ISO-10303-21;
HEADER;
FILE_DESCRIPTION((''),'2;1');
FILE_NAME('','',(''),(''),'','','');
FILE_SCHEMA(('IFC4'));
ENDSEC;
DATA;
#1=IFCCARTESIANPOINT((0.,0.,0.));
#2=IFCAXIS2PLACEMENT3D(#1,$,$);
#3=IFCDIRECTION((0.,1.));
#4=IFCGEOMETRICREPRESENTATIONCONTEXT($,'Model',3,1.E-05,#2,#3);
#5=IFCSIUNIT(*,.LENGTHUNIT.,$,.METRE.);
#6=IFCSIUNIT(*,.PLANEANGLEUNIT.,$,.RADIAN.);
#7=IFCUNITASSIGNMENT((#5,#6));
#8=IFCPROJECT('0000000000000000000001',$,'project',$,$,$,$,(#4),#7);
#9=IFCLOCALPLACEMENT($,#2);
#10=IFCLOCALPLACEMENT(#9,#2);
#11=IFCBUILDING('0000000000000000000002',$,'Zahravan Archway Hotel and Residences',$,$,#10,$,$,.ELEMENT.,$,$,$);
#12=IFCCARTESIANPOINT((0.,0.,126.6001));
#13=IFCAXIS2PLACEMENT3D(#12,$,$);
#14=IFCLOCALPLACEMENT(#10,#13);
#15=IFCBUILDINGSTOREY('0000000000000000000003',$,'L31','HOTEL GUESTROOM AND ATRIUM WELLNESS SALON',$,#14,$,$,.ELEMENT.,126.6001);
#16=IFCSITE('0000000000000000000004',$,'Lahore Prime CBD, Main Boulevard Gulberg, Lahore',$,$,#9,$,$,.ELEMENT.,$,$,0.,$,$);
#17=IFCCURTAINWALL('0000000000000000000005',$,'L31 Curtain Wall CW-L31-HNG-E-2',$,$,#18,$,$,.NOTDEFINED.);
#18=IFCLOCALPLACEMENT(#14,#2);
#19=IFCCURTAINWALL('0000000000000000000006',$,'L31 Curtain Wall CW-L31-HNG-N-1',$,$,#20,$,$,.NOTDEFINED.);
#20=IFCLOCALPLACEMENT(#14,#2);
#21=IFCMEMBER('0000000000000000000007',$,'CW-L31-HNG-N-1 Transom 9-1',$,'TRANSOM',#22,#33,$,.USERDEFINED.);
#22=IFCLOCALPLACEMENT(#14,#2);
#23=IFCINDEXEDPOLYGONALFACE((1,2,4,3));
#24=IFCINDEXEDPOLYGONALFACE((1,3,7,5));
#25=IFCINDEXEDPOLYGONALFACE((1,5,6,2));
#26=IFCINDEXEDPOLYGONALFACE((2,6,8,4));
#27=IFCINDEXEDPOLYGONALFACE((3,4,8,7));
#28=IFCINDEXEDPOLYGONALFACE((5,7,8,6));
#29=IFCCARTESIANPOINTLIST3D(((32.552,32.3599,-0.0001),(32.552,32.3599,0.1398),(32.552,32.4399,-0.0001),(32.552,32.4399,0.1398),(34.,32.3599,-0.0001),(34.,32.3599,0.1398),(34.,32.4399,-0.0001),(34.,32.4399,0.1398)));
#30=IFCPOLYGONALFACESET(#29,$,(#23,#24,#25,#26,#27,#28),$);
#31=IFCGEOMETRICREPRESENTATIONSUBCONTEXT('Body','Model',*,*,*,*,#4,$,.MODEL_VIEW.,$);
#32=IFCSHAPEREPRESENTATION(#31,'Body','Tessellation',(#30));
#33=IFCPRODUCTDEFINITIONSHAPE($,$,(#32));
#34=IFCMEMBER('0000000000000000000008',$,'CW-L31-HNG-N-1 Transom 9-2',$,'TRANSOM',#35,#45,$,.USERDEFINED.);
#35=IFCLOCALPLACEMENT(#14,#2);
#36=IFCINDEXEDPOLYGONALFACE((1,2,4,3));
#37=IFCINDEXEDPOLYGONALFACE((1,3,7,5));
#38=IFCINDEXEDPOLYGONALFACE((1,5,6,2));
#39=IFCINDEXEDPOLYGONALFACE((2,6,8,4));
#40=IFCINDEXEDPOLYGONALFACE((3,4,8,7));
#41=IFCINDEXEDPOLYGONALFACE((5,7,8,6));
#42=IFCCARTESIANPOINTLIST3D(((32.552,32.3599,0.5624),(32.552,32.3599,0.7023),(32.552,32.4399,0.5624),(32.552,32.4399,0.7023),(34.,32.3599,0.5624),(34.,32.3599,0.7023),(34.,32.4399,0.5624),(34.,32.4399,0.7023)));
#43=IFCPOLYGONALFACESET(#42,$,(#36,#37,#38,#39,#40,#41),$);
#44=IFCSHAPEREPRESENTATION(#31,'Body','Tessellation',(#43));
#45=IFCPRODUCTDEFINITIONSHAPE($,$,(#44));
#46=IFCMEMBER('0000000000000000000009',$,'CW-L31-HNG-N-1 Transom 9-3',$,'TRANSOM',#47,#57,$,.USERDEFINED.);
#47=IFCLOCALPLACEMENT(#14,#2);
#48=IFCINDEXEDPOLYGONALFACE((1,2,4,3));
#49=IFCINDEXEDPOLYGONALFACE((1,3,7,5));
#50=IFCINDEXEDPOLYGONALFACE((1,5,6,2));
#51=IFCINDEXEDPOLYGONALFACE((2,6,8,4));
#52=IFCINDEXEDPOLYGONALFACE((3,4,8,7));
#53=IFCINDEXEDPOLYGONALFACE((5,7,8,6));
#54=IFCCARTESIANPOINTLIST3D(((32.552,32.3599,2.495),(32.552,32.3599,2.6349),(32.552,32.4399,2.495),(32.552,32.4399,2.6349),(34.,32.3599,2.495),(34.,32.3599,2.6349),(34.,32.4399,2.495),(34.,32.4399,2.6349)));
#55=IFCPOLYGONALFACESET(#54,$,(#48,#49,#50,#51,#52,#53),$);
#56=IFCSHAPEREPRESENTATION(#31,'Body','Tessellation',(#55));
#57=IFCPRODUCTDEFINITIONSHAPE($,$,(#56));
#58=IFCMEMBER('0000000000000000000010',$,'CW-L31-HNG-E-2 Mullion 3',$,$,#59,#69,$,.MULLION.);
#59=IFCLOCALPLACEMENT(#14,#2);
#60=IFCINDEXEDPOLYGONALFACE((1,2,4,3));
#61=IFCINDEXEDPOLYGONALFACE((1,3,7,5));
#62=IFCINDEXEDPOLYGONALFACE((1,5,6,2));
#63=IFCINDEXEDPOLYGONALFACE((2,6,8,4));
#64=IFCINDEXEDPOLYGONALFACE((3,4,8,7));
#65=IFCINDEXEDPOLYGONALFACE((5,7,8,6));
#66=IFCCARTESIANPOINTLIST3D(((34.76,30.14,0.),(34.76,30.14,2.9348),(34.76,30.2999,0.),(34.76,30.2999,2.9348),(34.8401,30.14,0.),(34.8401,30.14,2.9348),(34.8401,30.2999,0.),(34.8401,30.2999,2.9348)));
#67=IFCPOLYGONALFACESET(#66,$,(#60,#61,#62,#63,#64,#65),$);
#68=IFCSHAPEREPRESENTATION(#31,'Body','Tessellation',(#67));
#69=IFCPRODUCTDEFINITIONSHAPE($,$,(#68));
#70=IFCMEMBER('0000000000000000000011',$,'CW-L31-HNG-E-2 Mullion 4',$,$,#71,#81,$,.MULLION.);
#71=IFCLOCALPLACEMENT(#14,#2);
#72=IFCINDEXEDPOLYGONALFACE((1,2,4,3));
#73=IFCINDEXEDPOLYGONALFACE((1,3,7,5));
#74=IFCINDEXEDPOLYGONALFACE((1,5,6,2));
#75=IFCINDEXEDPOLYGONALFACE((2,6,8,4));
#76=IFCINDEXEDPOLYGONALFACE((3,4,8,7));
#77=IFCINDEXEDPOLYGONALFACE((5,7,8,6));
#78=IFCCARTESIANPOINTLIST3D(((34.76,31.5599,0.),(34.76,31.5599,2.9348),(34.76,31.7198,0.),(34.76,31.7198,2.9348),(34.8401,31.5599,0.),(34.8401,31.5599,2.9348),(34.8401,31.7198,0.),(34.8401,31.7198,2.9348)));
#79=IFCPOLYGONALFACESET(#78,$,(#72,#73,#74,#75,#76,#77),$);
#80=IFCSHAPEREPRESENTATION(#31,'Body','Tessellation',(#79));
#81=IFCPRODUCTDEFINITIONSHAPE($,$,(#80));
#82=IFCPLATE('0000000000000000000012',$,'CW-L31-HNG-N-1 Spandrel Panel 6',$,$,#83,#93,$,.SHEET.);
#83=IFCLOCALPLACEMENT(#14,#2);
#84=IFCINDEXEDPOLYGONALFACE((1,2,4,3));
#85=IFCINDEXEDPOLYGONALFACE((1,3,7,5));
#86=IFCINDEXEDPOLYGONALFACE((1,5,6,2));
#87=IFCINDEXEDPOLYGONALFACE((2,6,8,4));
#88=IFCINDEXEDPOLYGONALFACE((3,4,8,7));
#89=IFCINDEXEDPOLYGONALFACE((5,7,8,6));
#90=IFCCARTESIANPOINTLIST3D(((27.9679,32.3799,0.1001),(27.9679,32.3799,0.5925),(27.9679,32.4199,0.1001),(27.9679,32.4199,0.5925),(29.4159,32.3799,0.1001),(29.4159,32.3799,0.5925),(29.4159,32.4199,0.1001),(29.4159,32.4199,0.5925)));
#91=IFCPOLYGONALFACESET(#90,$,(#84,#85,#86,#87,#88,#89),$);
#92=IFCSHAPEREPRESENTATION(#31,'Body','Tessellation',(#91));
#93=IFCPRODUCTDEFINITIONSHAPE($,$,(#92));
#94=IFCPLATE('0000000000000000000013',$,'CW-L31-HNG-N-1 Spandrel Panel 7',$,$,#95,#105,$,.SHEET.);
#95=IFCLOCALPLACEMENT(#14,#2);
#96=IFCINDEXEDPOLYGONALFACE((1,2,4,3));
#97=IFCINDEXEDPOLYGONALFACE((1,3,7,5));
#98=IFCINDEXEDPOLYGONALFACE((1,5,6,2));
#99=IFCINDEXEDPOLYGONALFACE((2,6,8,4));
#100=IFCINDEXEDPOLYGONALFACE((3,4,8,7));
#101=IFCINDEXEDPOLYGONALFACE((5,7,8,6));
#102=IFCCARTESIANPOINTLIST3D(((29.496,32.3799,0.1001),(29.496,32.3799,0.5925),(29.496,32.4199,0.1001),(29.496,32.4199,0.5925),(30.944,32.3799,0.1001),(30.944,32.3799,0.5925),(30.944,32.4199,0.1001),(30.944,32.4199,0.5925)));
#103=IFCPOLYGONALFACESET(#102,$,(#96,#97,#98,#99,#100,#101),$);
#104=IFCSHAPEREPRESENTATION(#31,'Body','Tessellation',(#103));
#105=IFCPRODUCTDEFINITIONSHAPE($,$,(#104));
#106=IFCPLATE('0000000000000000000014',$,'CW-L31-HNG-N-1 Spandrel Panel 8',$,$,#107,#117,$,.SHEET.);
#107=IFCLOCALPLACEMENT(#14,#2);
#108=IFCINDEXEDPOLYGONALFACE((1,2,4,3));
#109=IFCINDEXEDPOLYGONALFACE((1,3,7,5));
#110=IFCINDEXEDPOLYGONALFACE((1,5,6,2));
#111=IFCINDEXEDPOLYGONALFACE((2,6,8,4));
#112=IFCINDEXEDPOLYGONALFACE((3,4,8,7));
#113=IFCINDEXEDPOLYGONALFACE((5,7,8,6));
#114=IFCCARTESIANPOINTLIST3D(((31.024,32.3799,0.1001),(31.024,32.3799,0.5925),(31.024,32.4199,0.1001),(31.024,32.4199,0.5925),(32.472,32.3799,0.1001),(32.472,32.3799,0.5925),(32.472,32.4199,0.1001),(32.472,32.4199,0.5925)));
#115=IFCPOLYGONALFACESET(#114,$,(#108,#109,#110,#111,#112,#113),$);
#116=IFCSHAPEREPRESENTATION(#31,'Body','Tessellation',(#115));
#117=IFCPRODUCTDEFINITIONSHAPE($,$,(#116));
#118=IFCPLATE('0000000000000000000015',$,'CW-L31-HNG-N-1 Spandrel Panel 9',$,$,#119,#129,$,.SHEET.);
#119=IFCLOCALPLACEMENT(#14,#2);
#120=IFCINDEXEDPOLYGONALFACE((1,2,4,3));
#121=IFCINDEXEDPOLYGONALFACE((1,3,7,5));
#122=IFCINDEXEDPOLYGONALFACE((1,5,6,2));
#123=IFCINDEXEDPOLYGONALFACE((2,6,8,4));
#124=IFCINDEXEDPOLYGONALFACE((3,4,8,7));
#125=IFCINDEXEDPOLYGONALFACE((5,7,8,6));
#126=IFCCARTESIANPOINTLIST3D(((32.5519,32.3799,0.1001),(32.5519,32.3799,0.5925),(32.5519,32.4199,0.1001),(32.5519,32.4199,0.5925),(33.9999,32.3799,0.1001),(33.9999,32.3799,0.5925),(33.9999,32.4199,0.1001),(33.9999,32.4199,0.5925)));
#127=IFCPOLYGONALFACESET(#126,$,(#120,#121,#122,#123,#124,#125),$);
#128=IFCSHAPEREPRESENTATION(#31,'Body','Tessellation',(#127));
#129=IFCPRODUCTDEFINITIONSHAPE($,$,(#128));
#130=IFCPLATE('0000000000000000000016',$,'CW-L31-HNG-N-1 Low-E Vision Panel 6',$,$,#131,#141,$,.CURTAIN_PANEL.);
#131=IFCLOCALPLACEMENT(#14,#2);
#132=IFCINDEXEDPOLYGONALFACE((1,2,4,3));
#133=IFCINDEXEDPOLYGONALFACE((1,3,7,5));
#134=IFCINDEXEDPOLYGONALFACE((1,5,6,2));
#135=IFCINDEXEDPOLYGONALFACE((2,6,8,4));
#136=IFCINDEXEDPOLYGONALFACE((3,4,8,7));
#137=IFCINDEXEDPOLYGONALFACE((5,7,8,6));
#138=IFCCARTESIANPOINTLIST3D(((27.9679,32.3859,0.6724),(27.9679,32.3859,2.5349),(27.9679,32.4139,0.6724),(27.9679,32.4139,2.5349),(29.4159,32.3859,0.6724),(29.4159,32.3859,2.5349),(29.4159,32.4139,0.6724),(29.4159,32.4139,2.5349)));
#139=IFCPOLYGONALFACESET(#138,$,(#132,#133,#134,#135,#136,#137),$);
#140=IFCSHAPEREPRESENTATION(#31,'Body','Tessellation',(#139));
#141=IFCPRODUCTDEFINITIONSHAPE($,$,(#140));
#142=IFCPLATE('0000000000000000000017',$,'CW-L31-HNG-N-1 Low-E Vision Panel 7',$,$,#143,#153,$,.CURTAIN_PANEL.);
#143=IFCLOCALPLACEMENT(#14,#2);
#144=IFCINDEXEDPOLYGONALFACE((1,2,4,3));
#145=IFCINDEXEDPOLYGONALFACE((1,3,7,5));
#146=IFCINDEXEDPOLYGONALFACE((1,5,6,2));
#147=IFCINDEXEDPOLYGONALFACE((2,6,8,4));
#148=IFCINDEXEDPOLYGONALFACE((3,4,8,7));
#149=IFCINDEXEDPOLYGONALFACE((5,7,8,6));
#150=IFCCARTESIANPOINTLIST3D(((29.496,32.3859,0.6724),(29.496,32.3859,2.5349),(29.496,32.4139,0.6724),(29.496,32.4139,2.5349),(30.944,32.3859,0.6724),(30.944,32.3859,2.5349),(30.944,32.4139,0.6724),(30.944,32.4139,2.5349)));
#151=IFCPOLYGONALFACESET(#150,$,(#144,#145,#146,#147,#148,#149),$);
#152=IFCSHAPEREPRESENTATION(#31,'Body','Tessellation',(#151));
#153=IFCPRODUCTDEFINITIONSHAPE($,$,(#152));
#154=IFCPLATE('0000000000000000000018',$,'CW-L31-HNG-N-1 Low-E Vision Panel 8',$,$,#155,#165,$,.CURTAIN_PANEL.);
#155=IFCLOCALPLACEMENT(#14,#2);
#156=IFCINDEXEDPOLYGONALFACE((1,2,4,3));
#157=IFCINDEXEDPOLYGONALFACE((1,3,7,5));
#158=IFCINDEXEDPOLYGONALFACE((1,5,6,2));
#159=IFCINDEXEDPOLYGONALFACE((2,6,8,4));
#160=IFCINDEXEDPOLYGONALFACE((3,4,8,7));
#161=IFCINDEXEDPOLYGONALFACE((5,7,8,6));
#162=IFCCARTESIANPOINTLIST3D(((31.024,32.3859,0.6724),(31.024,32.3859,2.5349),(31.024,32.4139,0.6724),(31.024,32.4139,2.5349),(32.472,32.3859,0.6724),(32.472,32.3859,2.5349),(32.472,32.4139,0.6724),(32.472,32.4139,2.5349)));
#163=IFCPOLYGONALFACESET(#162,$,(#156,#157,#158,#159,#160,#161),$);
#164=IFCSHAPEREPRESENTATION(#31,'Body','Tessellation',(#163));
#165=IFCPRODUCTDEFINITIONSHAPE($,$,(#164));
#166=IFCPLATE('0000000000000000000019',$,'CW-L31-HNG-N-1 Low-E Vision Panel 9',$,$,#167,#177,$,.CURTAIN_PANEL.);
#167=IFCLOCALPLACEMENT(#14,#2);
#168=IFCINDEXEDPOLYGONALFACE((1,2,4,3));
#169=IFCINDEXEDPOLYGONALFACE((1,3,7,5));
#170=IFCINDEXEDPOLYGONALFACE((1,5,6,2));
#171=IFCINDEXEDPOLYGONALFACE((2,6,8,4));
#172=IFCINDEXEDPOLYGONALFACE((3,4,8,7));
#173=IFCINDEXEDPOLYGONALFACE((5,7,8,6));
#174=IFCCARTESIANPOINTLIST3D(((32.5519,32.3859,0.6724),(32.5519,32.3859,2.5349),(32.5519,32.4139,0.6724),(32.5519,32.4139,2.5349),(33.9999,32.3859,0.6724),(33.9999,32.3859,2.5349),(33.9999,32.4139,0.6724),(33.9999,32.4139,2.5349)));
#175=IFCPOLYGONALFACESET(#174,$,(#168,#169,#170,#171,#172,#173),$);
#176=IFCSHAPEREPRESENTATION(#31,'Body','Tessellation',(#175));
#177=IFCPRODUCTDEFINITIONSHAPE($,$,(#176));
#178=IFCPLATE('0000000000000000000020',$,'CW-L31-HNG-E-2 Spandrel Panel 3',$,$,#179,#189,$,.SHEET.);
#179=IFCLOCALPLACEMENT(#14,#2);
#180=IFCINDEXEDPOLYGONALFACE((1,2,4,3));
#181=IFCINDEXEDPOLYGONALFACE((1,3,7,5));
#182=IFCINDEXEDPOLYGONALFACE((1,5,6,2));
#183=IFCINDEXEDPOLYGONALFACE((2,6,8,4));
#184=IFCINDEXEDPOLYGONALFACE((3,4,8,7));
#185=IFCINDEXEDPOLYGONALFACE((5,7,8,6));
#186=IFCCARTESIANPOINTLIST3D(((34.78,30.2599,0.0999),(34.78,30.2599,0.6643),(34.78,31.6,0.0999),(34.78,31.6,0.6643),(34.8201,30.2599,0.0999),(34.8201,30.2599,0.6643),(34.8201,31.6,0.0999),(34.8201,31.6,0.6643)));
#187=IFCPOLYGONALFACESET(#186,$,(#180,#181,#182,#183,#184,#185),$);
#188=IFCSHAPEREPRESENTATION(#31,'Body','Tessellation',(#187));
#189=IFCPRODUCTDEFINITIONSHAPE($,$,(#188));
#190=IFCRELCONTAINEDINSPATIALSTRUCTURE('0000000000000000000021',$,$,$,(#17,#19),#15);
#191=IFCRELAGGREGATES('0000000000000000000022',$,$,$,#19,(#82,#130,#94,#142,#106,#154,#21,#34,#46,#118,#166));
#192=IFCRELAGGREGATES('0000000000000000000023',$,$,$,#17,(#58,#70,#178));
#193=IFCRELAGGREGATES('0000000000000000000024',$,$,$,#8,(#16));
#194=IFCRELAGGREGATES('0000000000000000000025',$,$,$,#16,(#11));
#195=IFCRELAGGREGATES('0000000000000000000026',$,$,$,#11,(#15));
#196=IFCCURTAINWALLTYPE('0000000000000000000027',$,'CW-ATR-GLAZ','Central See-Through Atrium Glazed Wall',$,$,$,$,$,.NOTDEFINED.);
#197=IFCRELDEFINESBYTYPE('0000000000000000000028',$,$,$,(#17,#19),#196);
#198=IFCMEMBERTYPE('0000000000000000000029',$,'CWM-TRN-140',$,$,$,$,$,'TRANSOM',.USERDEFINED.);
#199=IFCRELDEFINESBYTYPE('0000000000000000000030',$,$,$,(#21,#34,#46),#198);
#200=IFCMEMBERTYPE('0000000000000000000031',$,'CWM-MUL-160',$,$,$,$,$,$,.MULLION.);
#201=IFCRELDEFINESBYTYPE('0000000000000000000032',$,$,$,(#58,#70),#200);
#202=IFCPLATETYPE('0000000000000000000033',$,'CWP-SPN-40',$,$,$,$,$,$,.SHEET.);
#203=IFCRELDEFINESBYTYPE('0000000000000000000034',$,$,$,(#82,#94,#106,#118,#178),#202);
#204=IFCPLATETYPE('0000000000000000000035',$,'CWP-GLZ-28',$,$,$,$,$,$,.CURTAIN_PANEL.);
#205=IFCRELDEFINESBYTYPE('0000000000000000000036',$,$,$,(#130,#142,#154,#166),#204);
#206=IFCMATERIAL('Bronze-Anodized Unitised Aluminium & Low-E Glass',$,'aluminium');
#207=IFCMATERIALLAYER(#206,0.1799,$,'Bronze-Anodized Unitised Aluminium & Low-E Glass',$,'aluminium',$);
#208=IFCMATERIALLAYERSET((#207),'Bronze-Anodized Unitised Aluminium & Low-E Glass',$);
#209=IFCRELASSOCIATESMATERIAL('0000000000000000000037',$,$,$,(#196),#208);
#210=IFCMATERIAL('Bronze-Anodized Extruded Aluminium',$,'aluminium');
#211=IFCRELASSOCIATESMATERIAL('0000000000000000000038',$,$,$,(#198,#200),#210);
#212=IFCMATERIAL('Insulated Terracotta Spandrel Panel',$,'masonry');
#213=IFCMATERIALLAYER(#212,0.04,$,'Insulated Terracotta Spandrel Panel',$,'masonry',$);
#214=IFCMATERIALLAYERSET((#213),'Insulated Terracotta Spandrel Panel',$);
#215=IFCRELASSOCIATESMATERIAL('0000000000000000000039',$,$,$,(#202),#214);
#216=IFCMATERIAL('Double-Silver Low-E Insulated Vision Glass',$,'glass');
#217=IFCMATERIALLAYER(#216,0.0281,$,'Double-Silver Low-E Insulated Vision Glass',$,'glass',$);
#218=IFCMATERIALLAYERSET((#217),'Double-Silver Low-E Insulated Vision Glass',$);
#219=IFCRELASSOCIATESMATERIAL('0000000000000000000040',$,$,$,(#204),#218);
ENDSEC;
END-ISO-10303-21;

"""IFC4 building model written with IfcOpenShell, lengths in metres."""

from ifc_helpers import new_model, si_unit, direction, frame, origin, origin_2d, place, context, subcontext, project, spatial, rectangle, extrude, source, transform, mapped, material, layer, layer_set, material_profile, profile_set, type_object, element, aggregate, save


model = new_model("IFC4")

# Units and contexts
model_context = context("Model", 3, precision=1e-05, world=origin(), true_north=direction((0.0, 1.0)))
body_context = subcontext(model_context, "Body", "Model", "MODEL_VIEW")
ifc_project = project(units=[si_unit("LENGTHUNIT", "METRE"), si_unit("PLANEANGLEUNIT", "RADIAN")], contexts=[model_context])

# Site, building, storey
site_placement = place(None, origin())
site = spatial("IfcSite", under=ifc_project, at=site_placement, Name="Lahore Prime CBD, Main Boulevard Gulberg, Lahore", CompositionType="ELEMENT", RefElevation=0.0)
building_placement = place(site_placement, origin())
building = spatial("IfcBuilding", under=site, at=building_placement, Name="Zahravan Archway Hotel and Residences", CompositionType="ELEMENT")
storey_placement = place(building_placement, frame((0.0, 0.0, 126.6001)))
storey = spatial("IfcBuildingStorey", under=building, at=storey_placement, Name="L31", Description="HOTEL GUESTROOM AND ATRIUM WELLNESS SALON", CompositionType="ELEMENT", Elevation=126.6001)

# Curtain walls, members
ifc_material_1 = material(Name="Bronze-Anodized Unitised Aluminium & Low-E Glass", Category="aluminium")
ifc_layer_1 = layer(ifc_material_1, 0.1799, Name="Bronze-Anodized Unitised Aluminium & Low-E Glass", Category="aluminium")
ifc_layer_set_1 = layer_set([ifc_layer_1], Name="Bronze-Anodized Unitised Aluminium & Low-E Glass")
curtain_wall_type = type_object("IfcCurtainWallType", Name="CW-ATR-GLAZ", Description="Central See-Through Atrium Glazed Wall", PredefinedType="NOTDEFINED", material=ifc_layer_set_1)
curtain_wall_1_placement = place(storey_placement, origin())
curtain_wall_1 = element("IfcCurtainWall", 1, at=curtain_wall_1_placement, inside=storey, type_object=curtain_wall_type, Name="L31 Curtain Wall CW-L31-HNG-E-2", PredefinedType="NOTDEFINED")
ifc_material_2 = material(Name="Bronze-Anodized Extruded Aluminium", Category="aluminium")
ifc_material_profile_1 = material_profile(ifc_material_2, rectangle(XDim=0.0801, YDim=0.1399, at=origin_2d()), Name="TRN 80x140", Category="aluminium")
ifc_profile_set_1 = profile_set([ifc_material_profile_1], Name="Bronze-Anodized Extruded Aluminium")
member_type_1 = type_object("IfcMemberType", Name="CWM-TRN-140", ElementType="TRANSOM", PredefinedType="USERDEFINED", material=ifc_profile_set_1)
curtain_wall_2_placement = place(storey_placement, origin())
curtain_wall_2 = element("IfcCurtainWall", 2, at=curtain_wall_2_placement, inside=storey, type_object=curtain_wall_type, Name="L31 Curtain Wall CW-L31-HNG-N-1", PredefinedType="NOTDEFINED")
ifc_material_profile_2 = material_profile(ifc_material_2, rectangle(XDim=0.0801, YDim=0.1599, at=origin_2d()), Name="MUL 80x160", Category="aluminium")
ifc_profile_set_2 = profile_set([ifc_material_profile_2], Name="Bronze-Anodized Extruded Aluminium")
member_type_2 = type_object("IfcMemberType", Name="CWM-MUL-160", PredefinedType="MULLION", material=ifc_profile_set_2)
shared_shape_1 = source(origin(), body_context, "Body", "SweptSolid", [
    extrude(rectangle(XDim=0.0801, YDim=0.1399, at=origin_2d()), origin(), (0.0, 0.0, 1.0), 1.448),
])
member_1_placement = place(storey_placement, frame((32.552, 32.3999, 0.0698), z_axis=(1.0, 0.0, 0.0), x_axis=(0.0, 1.0, 0.0)))
member_1 = element("IfcMember", 3, at=member_1_placement, type_object=member_type_1, Name="CW-L31-HNG-N-1 Transom 9-1", ObjectType="TRANSOM", PredefinedType="USERDEFINED", context=body_context, shape_type="MappedRepresentation", body=[
    mapped(shared_shape_1, transform((0.0, 0.0, 0.0), scale=1.0)),
])
member_2_placement = place(storey_placement, frame((32.552, 32.3999, 0.6323), z_axis=(1.0, 0.0, 0.0), x_axis=(0.0, 1.0, 0.0)))
member_2 = element("IfcMember", 4, at=member_2_placement, type_object=member_type_1, Name="CW-L31-HNG-N-1 Transom 9-2", ObjectType="TRANSOM", PredefinedType="USERDEFINED", context=body_context, shape_type="MappedRepresentation", body=[
    mapped(shared_shape_1, transform((0.0, 0.0, 0.0), scale=1.0)),
])
member_3_placement = place(storey_placement, frame((32.552, 32.3999, 2.5649), z_axis=(1.0, 0.0, 0.0), x_axis=(0.0, 1.0, 0.0)))
member_3 = element("IfcMember", 5, at=member_3_placement, type_object=member_type_1, Name="CW-L31-HNG-N-1 Transom 9-3", ObjectType="TRANSOM", PredefinedType="USERDEFINED", context=body_context, shape_type="MappedRepresentation", body=[
    mapped(shared_shape_1, transform((0.0, 0.0, 0.0), scale=1.0)),
])

# Members
shared_shape_2 = source(origin(), body_context, "Body", "SweptSolid", [
    extrude(rectangle(XDim=0.0801, YDim=0.1599, at=origin_2d()), origin(), (0.0, 0.0, 1.0), 2.9348),
])
member_4_placement = place(storey_placement, frame((34.8, 30.22, 0.0), z_axis=(0.0, 0.0, 1.0), x_axis=(1.0, 0.0, 0.0)))
member_4 = element("IfcMember", 6, at=member_4_placement, type_object=member_type_2, Name="CW-L31-HNG-E-2 Mullion 3", PredefinedType="MULLION", context=body_context, shape_type="MappedRepresentation", body=[
    mapped(shared_shape_2, transform((0.0, 0.0, 0.0), scale=1.0)),
])
member_5_placement = place(storey_placement, frame((34.8, 31.6399, 0.0), z_axis=(0.0, 0.0, 1.0), x_axis=(1.0, 0.0, 0.0)))
member_5 = element("IfcMember", 7, at=member_5_placement, type_object=member_type_2, Name="CW-L31-HNG-E-2 Mullion 4", PredefinedType="MULLION", context=body_context, shape_type="MappedRepresentation", body=[
    mapped(shared_shape_2, transform((0.0, 0.0, 0.0), scale=1.0)),
])

# Plates
ifc_material_3 = material(Name="Insulated Terracotta Spandrel Panel", Category="masonry")
ifc_layer_2 = layer(ifc_material_3, 0.04, Name="Insulated Terracotta Spandrel Panel", Category="masonry")
ifc_layer_set_2 = layer_set([ifc_layer_2], Name="Insulated Terracotta Spandrel Panel")
plate_type_1 = type_object("IfcPlateType", Name="CWP-SPN-40", PredefinedType="SHEET", material=ifc_layer_set_2)
shared_shape_3 = source(origin(), body_context, "Body", "SweptSolid", [
    extrude(rectangle(XDim=1.448, YDim=0.04, at=origin_2d()), origin(), (0.0, 0.0, 1.0), 0.4924),
])
plate_1_placement = place(storey_placement, frame((28.6919, 32.3999, 0.1001), z_axis=(0.0, 0.0, 1.0), x_axis=(1.0, 0.0, 0.0)))
plate_1 = element("IfcPlate", 8, at=plate_1_placement, type_object=plate_type_1, Name="CW-L31-HNG-N-1 Spandrel Panel 6", PredefinedType="SHEET", context=body_context, shape_type="MappedRepresentation", body=[
    mapped(shared_shape_3, transform((0.0, 0.0, 0.0), scale=1.0)),
])
plate_2_placement = place(storey_placement, frame((30.22, 32.3999, 0.1001), z_axis=(0.0, 0.0, 1.0), x_axis=(1.0, 0.0, 0.0)))
plate_2 = element("IfcPlate", 9, at=plate_2_placement, type_object=plate_type_1, Name="CW-L31-HNG-N-1 Spandrel Panel 7", PredefinedType="SHEET", context=body_context, shape_type="MappedRepresentation", body=[
    mapped(shared_shape_3, transform((0.0, 0.0, 0.0), scale=1.0)),
])
plate_3_placement = place(storey_placement, frame((31.748, 32.3999, 0.1001), z_axis=(0.0, 0.0, 1.0), x_axis=(1.0, 0.0, 0.0)))
plate_3 = element("IfcPlate", 10, at=plate_3_placement, type_object=plate_type_1, Name="CW-L31-HNG-N-1 Spandrel Panel 8", PredefinedType="SHEET", context=body_context, shape_type="MappedRepresentation", body=[
    mapped(shared_shape_3, transform((0.0, 0.0, 0.0), scale=1.0)),
])
plate_4_placement = place(storey_placement, frame((33.2759, 32.3999, 0.1001), z_axis=(0.0, 0.0, 1.0), x_axis=(1.0, 0.0, 0.0)))
plate_4 = element("IfcPlate", 11, at=plate_4_placement, type_object=plate_type_1, Name="CW-L31-HNG-N-1 Spandrel Panel 9", PredefinedType="SHEET", context=body_context, shape_type="MappedRepresentation", body=[
    mapped(shared_shape_3, transform((0.0, 0.0, 0.0), scale=1.0)),
])
ifc_material_4 = material(Name="Double-Silver Low-E Insulated Vision Glass", Category="glass")
ifc_layer_3 = layer(ifc_material_4, 0.0281, Name="Double-Silver Low-E Insulated Vision Glass", Category="glass")
ifc_layer_set_3 = layer_set([ifc_layer_3], Name="Double-Silver Low-E Insulated Vision Glass")
plate_type_2 = type_object("IfcPlateType", Name="CWP-GLZ-28", PredefinedType="CURTAIN_PANEL", material=ifc_layer_set_3)
shared_shape_4 = source(origin(), body_context, "Body", "SweptSolid", [
    extrude(rectangle(XDim=1.448, YDim=0.0281, at=origin_2d()), origin(), (0.0, 0.0, 1.0), 1.8625),
])
plate_5_placement = place(storey_placement, frame((28.6919, 32.3999, 0.6724), z_axis=(0.0, 0.0, 1.0), x_axis=(1.0, 0.0, 0.0)))
plate_5 = element("IfcPlate", 12, at=plate_5_placement, type_object=plate_type_2, Name="CW-L31-HNG-N-1 Low-E Vision Panel 6", PredefinedType="CURTAIN_PANEL", context=body_context, shape_type="MappedRepresentation", body=[
    mapped(shared_shape_4, transform((0.0, 0.0, 0.0), scale=1.0)),
])
plate_6_placement = place(storey_placement, frame((30.22, 32.3999, 0.6724), z_axis=(0.0, 0.0, 1.0), x_axis=(1.0, 0.0, 0.0)))
plate_6 = element("IfcPlate", 13, at=plate_6_placement, type_object=plate_type_2, Name="CW-L31-HNG-N-1 Low-E Vision Panel 7", PredefinedType="CURTAIN_PANEL", context=body_context, shape_type="MappedRepresentation", body=[
    mapped(shared_shape_4, transform((0.0, 0.0, 0.0), scale=1.0)),
])
plate_7_placement = place(storey_placement, frame((31.748, 32.3999, 0.6724), z_axis=(0.0, 0.0, 1.0), x_axis=(1.0, 0.0, 0.0)))
plate_7 = element("IfcPlate", 14, at=plate_7_placement, type_object=plate_type_2, Name="CW-L31-HNG-N-1 Low-E Vision Panel 8", PredefinedType="CURTAIN_PANEL", context=body_context, shape_type="MappedRepresentation", body=[
    mapped(shared_shape_4, transform((0.0, 0.0, 0.0), scale=1.0)),
])
plate_8_placement = place(storey_placement, frame((33.2759, 32.3999, 0.6724), z_axis=(0.0, 0.0, 1.0), x_axis=(1.0, 0.0, 0.0)))
plate_8 = element("IfcPlate", 15, at=plate_8_placement, type_object=plate_type_2, Name="CW-L31-HNG-N-1 Low-E Vision Panel 9", PredefinedType="CURTAIN_PANEL", context=body_context, shape_type="MappedRepresentation", body=[
    mapped(shared_shape_4, transform((0.0, 0.0, 0.0), scale=1.0)),
])
aggregate(curtain_wall_2, [plate_1, plate_5, plate_2, plate_6, plate_3, plate_7, member_1, member_2, member_3, plate_4, plate_8])
shared_shape_5 = source(origin(), body_context, "Body", "SweptSolid", [
    extrude(rectangle(XDim=1.3401, YDim=0.04, at=origin_2d()), origin(), (0.0, 0.0, 1.0), 0.5645),
])
plate_9_placement = place(storey_placement, frame((34.8, 30.9299, 0.0999), z_axis=(0.0, 0.0, 1.0), x_axis=(0.0, 1.0, 0.0)))
plate_9 = element("IfcPlate", 16, at=plate_9_placement, type_object=plate_type_1, Name="CW-L31-HNG-E-2 Spandrel Panel 3", PredefinedType="SHEET", context=body_context, shape_type="MappedRepresentation", body=[
    mapped(shared_shape_5, transform((0.0, 0.0, 0.0), scale=1.0)),
])
aggregate(curtain_wall_1, [member_4, member_5, plate_9])

save(model, "model.ifc")
